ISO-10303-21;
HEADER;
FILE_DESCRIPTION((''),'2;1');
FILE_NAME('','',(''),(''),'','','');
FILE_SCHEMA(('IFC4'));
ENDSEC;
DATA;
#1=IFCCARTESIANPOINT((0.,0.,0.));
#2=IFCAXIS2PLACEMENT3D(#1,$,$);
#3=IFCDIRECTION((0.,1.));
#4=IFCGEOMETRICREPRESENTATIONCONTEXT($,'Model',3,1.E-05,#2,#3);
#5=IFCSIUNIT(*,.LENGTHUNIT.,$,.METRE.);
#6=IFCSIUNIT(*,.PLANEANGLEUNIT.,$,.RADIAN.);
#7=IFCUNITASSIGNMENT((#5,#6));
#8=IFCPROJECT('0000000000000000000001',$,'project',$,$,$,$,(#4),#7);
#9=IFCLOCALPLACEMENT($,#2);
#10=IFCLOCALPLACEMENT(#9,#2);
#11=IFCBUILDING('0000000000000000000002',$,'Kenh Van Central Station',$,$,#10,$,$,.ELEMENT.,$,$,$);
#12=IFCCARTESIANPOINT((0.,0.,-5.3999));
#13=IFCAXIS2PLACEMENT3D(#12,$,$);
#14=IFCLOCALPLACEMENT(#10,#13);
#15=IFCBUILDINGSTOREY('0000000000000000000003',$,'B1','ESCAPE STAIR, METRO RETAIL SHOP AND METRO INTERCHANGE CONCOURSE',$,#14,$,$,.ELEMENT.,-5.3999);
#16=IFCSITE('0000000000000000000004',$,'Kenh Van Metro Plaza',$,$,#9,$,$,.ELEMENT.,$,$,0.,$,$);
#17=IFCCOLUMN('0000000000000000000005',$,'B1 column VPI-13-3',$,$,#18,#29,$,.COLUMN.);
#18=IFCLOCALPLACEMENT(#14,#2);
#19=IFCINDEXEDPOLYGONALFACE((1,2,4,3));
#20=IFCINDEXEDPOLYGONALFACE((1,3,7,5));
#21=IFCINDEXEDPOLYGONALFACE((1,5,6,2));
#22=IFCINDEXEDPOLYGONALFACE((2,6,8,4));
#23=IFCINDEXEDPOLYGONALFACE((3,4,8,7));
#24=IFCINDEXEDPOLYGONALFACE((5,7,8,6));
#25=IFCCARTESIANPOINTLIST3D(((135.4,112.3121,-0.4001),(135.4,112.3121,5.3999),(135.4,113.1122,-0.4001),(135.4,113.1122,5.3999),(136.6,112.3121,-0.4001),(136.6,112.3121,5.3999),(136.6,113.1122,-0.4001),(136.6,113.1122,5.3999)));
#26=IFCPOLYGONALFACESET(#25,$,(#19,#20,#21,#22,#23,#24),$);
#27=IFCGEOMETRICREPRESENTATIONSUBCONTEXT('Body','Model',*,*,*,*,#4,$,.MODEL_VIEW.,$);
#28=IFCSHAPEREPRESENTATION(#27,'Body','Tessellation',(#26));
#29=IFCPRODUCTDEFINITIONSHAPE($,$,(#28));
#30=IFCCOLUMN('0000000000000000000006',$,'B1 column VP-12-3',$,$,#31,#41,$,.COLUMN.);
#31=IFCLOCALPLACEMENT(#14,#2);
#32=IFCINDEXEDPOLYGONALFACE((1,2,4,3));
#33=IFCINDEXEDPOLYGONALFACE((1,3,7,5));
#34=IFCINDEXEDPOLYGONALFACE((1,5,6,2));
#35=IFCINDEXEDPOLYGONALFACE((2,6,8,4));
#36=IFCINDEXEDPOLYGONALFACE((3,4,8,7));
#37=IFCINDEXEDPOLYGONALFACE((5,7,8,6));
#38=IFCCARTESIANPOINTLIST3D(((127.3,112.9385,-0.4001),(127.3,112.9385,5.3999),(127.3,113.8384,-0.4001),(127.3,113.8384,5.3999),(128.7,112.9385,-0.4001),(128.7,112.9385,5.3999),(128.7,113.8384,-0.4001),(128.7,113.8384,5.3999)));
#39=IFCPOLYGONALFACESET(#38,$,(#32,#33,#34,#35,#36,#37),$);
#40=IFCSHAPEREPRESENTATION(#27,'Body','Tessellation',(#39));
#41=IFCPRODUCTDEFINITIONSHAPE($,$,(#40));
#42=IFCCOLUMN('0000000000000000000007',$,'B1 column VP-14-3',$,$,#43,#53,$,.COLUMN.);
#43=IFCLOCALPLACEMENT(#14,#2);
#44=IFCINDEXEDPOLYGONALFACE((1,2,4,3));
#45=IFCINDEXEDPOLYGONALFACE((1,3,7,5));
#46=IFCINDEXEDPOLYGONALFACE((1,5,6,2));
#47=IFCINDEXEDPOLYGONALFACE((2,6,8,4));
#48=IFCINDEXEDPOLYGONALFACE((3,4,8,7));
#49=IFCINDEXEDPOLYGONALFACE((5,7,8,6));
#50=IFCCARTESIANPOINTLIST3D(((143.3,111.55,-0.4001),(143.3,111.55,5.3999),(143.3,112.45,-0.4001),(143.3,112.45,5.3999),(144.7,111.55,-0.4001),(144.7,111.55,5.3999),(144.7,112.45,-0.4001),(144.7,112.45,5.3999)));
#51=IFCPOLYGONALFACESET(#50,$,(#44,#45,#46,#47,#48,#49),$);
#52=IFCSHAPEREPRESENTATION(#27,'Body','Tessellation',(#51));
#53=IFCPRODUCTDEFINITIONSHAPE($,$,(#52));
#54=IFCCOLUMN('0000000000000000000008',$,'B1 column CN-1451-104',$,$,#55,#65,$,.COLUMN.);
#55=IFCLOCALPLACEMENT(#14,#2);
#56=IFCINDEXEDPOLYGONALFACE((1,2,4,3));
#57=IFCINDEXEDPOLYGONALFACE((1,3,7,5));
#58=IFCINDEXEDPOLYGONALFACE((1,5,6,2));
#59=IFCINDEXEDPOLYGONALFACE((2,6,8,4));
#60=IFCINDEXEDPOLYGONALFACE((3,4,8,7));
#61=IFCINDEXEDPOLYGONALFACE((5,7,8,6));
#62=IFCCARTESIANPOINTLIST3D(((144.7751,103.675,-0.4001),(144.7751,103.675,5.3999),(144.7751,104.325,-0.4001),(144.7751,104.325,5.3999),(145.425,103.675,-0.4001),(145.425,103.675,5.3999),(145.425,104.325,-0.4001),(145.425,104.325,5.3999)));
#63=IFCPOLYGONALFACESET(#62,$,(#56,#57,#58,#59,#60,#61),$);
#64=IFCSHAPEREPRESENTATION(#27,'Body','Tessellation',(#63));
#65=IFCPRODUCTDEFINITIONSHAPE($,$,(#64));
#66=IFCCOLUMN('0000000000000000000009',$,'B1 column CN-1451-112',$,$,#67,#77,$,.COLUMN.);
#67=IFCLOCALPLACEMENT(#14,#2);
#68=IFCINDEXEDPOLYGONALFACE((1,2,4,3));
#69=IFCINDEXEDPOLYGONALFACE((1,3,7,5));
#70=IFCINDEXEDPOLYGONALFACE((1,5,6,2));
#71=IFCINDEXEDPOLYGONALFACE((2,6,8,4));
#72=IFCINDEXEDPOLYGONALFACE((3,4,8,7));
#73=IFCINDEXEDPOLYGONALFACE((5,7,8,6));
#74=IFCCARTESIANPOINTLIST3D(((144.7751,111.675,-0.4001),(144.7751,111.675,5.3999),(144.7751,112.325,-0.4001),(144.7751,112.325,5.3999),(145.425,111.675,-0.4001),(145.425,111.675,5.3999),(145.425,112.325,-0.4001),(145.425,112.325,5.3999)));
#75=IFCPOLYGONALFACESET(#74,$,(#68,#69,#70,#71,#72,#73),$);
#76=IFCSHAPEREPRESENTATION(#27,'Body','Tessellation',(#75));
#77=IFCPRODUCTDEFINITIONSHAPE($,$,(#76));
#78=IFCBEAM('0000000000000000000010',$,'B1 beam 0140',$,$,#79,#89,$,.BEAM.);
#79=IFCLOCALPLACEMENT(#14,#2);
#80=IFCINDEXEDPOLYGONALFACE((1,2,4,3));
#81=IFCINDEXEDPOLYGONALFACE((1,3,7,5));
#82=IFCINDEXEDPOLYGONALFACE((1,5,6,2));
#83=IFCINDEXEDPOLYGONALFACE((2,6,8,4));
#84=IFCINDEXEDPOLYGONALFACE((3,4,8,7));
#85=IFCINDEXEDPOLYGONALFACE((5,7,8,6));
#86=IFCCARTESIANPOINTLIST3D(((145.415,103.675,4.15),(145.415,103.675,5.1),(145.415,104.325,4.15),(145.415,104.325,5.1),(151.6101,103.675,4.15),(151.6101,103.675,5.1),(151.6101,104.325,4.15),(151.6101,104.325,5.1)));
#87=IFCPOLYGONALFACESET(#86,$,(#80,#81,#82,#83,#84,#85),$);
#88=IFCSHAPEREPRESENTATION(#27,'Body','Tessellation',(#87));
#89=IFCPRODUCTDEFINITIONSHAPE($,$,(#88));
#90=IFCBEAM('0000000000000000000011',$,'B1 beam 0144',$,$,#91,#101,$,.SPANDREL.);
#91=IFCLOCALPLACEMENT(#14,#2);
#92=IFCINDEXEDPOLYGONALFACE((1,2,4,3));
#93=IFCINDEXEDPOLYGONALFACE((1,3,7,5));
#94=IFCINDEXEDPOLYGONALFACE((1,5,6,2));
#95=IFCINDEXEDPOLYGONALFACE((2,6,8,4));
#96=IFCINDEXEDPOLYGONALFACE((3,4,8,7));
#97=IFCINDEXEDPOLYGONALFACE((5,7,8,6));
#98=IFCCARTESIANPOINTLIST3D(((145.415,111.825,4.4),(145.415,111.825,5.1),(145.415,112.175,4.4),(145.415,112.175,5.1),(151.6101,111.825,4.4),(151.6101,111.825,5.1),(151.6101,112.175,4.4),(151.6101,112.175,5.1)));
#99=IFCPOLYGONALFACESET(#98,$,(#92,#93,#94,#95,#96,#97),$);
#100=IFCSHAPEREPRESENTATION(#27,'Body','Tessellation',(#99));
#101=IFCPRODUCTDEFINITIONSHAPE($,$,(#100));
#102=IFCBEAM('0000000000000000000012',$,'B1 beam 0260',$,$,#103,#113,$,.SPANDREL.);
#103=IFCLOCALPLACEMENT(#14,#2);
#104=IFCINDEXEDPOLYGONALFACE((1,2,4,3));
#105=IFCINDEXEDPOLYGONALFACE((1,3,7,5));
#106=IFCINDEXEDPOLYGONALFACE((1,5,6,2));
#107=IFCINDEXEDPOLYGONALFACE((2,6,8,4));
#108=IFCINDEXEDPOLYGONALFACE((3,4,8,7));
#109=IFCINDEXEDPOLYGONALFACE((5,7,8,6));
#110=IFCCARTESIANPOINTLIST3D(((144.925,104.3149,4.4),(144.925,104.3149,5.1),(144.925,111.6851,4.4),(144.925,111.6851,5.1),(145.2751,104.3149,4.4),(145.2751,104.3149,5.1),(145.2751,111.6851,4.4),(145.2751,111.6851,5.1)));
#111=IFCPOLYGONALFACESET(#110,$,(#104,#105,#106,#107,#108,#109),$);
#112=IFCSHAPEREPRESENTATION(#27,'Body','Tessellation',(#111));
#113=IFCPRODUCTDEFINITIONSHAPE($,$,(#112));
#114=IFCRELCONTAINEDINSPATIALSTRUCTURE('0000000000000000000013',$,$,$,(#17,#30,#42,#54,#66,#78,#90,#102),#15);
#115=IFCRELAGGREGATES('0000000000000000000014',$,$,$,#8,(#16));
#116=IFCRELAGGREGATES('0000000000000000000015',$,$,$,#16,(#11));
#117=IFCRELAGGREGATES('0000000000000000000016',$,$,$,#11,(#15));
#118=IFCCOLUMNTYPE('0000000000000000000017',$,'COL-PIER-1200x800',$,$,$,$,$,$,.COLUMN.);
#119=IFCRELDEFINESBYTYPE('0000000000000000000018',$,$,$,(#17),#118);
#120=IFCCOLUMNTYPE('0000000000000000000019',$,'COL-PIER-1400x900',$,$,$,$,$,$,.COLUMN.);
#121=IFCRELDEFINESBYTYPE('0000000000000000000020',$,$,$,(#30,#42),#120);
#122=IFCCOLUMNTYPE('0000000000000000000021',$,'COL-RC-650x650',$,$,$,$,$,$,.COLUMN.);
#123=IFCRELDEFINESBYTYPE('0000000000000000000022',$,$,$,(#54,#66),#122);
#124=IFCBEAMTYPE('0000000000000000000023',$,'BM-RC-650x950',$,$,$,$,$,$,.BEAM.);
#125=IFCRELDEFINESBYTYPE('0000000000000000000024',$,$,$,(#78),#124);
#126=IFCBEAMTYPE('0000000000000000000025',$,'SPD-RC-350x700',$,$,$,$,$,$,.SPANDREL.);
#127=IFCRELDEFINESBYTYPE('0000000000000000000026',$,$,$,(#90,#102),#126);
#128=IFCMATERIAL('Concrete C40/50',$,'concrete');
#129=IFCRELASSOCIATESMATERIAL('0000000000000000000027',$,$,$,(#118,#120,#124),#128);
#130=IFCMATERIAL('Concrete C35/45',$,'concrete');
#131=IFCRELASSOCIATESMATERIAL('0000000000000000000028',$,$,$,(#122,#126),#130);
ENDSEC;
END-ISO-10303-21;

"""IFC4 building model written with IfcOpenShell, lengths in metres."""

from ifc_helpers import new_model, si_unit, direction, frame, origin, origin_2d, place, context, subcontext, project, spatial, rectangle, extrude, material, material_profile, profile_set, type_object, element, save


model = new_model("IFC4")

# Units and contexts
model_context = context("Model", 3, precision=1e-05, world=origin(), true_north=direction((0.0, 1.0)))
body_context = subcontext(model_context, "Body", "Model", "MODEL_VIEW")
ifc_project = project(units=[si_unit("LENGTHUNIT", "METRE"), si_unit("PLANEANGLEUNIT", "RADIAN")], contexts=[model_context])

# Site, building, storey
site_placement = place(None, origin())
site = spatial("IfcSite", under=ifc_project, at=site_placement, Name="Kenh Van Metro Plaza", CompositionType="ELEMENT", RefElevation=0.0)
building_placement = place(site_placement, origin())
building = spatial("IfcBuilding", under=site, at=building_placement, Name="Kenh Van Central Station", CompositionType="ELEMENT")
storey_placement = place(building_placement, frame((0.0, 0.0, -5.3999)))
storey = spatial("IfcBuildingStorey", under=building, at=storey_placement, Name="B1", Description="ESCAPE STAIR, METRO RETAIL SHOP AND METRO INTERCHANGE CONCOURSE", CompositionType="ELEMENT", Elevation=-5.3999)

# Shared definitions
ifc_material_1 = material(Name="Concrete C40/50", Category="concrete")

# Columns
ifc_material_profile_1 = material_profile(ifc_material_1, rectangle(XDim=1.2, YDim=0.8, at=origin_2d()), Name="RC 1200x800")
ifc_profile_set_1 = profile_set([ifc_material_profile_1], Name="Concrete C40/50")
column_type_1 = type_object("IfcColumnType", Name="COL-PIER-1200x800", PredefinedType="COLUMN", material=ifc_profile_set_1)
column_placement = place(storey_placement, frame((136.0, 112.7122, -0.4001), z_axis=(0.0, 0.0, 1.0), x_axis=(1.0, 0.0, 0.0)))
element("IfcColumn", 1, at=column_placement, inside=storey, type_object=column_type_1, Name="B1 column VPI-13-3", PredefinedType="COLUMN", context=body_context, shape_type="SweptSolid", body=[
    extrude(rectangle(XDim=1.2, YDim=0.8, at=origin_2d()), origin(), (0.0, 0.0, 1.0), 5.8),
])
ifc_material_profile_2 = material_profile(ifc_material_1, rectangle(XDim=1.3999, YDim=0.8999, at=origin_2d()), Name="RC 1400x900")
ifc_profile_set_2 = profile_set([ifc_material_profile_2], Name="Concrete C40/50")
column_type_2 = type_object("IfcColumnType", Name="COL-PIER-1400x900", PredefinedType="COLUMN", material=ifc_profile_set_2)
for number, where, z_axis, x_axis, name in (
    (2, (128.0, 113.3884, -0.4001), (0.0, 0.0, 1.0), (1.0, 0.0, 0.0), "B1 column VP-12-3"),
    (3, (144.0, 112.0, -0.4001), (0.0, 0.0, 1.0), (1.0, 0.0, 0.0), "B1 column VP-14-3"),
):
    element("IfcColumn", number, at=place(storey_placement, frame(where, z_axis=z_axis, x_axis=x_axis)), inside=storey, type_object=column_type_2, Name=name, PredefinedType="COLUMN", context=body_context, shape_type="SweptSolid", body=[
        extrude(rectangle(XDim=1.3999, YDim=0.8999, at=origin_2d()), origin(), (0.0, 0.0, 1.0), 5.8),
    ])
ifc_material_2 = material(Name="Concrete C35/45", Category="concrete")
ifc_material_profile_3 = material_profile(ifc_material_2, rectangle(XDim=0.6499, YDim=0.6499, at=origin_2d()), Name="RC 650x650")
ifc_profile_set_3 = profile_set([ifc_material_profile_3], Name="Concrete C35/45")
column_type_3 = type_object("IfcColumnType", Name="COL-RC-650x650", PredefinedType="COLUMN", material=ifc_profile_set_3)
for number, where, z_axis, x_axis, name in (
    (4, (145.1001, 104.0, -0.4001), (0.0, 0.0, 1.0), (1.0, 0.0, 0.0), "B1 column CN-1451-104"),
    (5, (145.1001, 112.0, -0.4001), (0.0, 0.0, 1.0), (1.0, 0.0, 0.0), "B1 column CN-1451-112"),
):
    element("IfcColumn", number, at=place(storey_placement, frame(where, z_axis=z_axis, x_axis=x_axis)), inside=storey, type_object=column_type_3, Name=name, PredefinedType="COLUMN", context=body_context, shape_type="SweptSolid", body=[
        extrude(rectangle(XDim=0.6499, YDim=0.6499, at=origin_2d()), origin(), (0.0, 0.0, 1.0), 5.8),
    ])

# Beams
ifc_material_profile_4 = material_profile(ifc_material_1, rectangle(XDim=0.6499, YDim=0.95, at=origin_2d()), Name="RC 650x950")
ifc_profile_set_4 = profile_set([ifc_material_profile_4], Name="Concrete C40/50")
beam_type_1 = type_object("IfcBeamType", Name="BM-RC-650x950", PredefinedType="BEAM", material=ifc_profile_set_4)
beam_1_placement = place(storey_placement, frame((145.415, 104.0, 4.625), z_axis=(1.0, 0.0, 0.0), x_axis=(0.0, 1.0, 0.0)))
element("IfcBeam", 6, at=beam_1_placement, inside=storey, type_object=beam_type_1, Name="B1 beam 0140", PredefinedType="BEAM", context=body_context, shape_type="SweptSolid", body=[
    extrude(rectangle(XDim=0.6499, YDim=0.95, at=origin_2d()), origin(), (0.0, 0.0, 1.0), 6.1951),
])
ifc_material_profile_5 = material_profile(ifc_material_2, rectangle(XDim=0.3501, YDim=0.7, at=origin_2d()), Name="RC 350x700")
ifc_profile_set_5 = profile_set([ifc_material_profile_5], Name="Concrete C35/45")
beam_type_2 = type_object("IfcBeamType", Name="SPD-RC-350x700", PredefinedType="SPANDREL", material=ifc_profile_set_5)
beam_2_placement = place(storey_placement, frame((145.415, 112.0, 4.75), z_axis=(1.0, 0.0, 0.0), x_axis=(0.0, 1.0, 0.0)))
element("IfcBeam", 7, at=beam_2_placement, inside=storey, type_object=beam_type_2, Name="B1 beam 0144", PredefinedType="SPANDREL", context=body_context, shape_type="SweptSolid", body=[
    extrude(rectangle(XDim=0.3501, YDim=0.7, at=origin_2d()), origin(), (0.0, 0.0, 1.0), 6.1951),
])
beam_3_placement = place(storey_placement, frame((145.1001, 104.3149, 4.75), z_axis=(0.0, 1.0, 0.0), x_axis=(-1.0, 0.0, 0.0)))
element("IfcBeam", 8, at=beam_3_placement, inside=storey, type_object=beam_type_2, Name="B1 beam 0260", PredefinedType="SPANDREL", context=body_context, shape_type="SweptSolid", body=[
    extrude(rectangle(XDim=0.3501, YDim=0.7, at=origin_2d()), origin(), (0.0, 0.0, 1.0), 7.3701),
])

save(model, "model.ifc")
